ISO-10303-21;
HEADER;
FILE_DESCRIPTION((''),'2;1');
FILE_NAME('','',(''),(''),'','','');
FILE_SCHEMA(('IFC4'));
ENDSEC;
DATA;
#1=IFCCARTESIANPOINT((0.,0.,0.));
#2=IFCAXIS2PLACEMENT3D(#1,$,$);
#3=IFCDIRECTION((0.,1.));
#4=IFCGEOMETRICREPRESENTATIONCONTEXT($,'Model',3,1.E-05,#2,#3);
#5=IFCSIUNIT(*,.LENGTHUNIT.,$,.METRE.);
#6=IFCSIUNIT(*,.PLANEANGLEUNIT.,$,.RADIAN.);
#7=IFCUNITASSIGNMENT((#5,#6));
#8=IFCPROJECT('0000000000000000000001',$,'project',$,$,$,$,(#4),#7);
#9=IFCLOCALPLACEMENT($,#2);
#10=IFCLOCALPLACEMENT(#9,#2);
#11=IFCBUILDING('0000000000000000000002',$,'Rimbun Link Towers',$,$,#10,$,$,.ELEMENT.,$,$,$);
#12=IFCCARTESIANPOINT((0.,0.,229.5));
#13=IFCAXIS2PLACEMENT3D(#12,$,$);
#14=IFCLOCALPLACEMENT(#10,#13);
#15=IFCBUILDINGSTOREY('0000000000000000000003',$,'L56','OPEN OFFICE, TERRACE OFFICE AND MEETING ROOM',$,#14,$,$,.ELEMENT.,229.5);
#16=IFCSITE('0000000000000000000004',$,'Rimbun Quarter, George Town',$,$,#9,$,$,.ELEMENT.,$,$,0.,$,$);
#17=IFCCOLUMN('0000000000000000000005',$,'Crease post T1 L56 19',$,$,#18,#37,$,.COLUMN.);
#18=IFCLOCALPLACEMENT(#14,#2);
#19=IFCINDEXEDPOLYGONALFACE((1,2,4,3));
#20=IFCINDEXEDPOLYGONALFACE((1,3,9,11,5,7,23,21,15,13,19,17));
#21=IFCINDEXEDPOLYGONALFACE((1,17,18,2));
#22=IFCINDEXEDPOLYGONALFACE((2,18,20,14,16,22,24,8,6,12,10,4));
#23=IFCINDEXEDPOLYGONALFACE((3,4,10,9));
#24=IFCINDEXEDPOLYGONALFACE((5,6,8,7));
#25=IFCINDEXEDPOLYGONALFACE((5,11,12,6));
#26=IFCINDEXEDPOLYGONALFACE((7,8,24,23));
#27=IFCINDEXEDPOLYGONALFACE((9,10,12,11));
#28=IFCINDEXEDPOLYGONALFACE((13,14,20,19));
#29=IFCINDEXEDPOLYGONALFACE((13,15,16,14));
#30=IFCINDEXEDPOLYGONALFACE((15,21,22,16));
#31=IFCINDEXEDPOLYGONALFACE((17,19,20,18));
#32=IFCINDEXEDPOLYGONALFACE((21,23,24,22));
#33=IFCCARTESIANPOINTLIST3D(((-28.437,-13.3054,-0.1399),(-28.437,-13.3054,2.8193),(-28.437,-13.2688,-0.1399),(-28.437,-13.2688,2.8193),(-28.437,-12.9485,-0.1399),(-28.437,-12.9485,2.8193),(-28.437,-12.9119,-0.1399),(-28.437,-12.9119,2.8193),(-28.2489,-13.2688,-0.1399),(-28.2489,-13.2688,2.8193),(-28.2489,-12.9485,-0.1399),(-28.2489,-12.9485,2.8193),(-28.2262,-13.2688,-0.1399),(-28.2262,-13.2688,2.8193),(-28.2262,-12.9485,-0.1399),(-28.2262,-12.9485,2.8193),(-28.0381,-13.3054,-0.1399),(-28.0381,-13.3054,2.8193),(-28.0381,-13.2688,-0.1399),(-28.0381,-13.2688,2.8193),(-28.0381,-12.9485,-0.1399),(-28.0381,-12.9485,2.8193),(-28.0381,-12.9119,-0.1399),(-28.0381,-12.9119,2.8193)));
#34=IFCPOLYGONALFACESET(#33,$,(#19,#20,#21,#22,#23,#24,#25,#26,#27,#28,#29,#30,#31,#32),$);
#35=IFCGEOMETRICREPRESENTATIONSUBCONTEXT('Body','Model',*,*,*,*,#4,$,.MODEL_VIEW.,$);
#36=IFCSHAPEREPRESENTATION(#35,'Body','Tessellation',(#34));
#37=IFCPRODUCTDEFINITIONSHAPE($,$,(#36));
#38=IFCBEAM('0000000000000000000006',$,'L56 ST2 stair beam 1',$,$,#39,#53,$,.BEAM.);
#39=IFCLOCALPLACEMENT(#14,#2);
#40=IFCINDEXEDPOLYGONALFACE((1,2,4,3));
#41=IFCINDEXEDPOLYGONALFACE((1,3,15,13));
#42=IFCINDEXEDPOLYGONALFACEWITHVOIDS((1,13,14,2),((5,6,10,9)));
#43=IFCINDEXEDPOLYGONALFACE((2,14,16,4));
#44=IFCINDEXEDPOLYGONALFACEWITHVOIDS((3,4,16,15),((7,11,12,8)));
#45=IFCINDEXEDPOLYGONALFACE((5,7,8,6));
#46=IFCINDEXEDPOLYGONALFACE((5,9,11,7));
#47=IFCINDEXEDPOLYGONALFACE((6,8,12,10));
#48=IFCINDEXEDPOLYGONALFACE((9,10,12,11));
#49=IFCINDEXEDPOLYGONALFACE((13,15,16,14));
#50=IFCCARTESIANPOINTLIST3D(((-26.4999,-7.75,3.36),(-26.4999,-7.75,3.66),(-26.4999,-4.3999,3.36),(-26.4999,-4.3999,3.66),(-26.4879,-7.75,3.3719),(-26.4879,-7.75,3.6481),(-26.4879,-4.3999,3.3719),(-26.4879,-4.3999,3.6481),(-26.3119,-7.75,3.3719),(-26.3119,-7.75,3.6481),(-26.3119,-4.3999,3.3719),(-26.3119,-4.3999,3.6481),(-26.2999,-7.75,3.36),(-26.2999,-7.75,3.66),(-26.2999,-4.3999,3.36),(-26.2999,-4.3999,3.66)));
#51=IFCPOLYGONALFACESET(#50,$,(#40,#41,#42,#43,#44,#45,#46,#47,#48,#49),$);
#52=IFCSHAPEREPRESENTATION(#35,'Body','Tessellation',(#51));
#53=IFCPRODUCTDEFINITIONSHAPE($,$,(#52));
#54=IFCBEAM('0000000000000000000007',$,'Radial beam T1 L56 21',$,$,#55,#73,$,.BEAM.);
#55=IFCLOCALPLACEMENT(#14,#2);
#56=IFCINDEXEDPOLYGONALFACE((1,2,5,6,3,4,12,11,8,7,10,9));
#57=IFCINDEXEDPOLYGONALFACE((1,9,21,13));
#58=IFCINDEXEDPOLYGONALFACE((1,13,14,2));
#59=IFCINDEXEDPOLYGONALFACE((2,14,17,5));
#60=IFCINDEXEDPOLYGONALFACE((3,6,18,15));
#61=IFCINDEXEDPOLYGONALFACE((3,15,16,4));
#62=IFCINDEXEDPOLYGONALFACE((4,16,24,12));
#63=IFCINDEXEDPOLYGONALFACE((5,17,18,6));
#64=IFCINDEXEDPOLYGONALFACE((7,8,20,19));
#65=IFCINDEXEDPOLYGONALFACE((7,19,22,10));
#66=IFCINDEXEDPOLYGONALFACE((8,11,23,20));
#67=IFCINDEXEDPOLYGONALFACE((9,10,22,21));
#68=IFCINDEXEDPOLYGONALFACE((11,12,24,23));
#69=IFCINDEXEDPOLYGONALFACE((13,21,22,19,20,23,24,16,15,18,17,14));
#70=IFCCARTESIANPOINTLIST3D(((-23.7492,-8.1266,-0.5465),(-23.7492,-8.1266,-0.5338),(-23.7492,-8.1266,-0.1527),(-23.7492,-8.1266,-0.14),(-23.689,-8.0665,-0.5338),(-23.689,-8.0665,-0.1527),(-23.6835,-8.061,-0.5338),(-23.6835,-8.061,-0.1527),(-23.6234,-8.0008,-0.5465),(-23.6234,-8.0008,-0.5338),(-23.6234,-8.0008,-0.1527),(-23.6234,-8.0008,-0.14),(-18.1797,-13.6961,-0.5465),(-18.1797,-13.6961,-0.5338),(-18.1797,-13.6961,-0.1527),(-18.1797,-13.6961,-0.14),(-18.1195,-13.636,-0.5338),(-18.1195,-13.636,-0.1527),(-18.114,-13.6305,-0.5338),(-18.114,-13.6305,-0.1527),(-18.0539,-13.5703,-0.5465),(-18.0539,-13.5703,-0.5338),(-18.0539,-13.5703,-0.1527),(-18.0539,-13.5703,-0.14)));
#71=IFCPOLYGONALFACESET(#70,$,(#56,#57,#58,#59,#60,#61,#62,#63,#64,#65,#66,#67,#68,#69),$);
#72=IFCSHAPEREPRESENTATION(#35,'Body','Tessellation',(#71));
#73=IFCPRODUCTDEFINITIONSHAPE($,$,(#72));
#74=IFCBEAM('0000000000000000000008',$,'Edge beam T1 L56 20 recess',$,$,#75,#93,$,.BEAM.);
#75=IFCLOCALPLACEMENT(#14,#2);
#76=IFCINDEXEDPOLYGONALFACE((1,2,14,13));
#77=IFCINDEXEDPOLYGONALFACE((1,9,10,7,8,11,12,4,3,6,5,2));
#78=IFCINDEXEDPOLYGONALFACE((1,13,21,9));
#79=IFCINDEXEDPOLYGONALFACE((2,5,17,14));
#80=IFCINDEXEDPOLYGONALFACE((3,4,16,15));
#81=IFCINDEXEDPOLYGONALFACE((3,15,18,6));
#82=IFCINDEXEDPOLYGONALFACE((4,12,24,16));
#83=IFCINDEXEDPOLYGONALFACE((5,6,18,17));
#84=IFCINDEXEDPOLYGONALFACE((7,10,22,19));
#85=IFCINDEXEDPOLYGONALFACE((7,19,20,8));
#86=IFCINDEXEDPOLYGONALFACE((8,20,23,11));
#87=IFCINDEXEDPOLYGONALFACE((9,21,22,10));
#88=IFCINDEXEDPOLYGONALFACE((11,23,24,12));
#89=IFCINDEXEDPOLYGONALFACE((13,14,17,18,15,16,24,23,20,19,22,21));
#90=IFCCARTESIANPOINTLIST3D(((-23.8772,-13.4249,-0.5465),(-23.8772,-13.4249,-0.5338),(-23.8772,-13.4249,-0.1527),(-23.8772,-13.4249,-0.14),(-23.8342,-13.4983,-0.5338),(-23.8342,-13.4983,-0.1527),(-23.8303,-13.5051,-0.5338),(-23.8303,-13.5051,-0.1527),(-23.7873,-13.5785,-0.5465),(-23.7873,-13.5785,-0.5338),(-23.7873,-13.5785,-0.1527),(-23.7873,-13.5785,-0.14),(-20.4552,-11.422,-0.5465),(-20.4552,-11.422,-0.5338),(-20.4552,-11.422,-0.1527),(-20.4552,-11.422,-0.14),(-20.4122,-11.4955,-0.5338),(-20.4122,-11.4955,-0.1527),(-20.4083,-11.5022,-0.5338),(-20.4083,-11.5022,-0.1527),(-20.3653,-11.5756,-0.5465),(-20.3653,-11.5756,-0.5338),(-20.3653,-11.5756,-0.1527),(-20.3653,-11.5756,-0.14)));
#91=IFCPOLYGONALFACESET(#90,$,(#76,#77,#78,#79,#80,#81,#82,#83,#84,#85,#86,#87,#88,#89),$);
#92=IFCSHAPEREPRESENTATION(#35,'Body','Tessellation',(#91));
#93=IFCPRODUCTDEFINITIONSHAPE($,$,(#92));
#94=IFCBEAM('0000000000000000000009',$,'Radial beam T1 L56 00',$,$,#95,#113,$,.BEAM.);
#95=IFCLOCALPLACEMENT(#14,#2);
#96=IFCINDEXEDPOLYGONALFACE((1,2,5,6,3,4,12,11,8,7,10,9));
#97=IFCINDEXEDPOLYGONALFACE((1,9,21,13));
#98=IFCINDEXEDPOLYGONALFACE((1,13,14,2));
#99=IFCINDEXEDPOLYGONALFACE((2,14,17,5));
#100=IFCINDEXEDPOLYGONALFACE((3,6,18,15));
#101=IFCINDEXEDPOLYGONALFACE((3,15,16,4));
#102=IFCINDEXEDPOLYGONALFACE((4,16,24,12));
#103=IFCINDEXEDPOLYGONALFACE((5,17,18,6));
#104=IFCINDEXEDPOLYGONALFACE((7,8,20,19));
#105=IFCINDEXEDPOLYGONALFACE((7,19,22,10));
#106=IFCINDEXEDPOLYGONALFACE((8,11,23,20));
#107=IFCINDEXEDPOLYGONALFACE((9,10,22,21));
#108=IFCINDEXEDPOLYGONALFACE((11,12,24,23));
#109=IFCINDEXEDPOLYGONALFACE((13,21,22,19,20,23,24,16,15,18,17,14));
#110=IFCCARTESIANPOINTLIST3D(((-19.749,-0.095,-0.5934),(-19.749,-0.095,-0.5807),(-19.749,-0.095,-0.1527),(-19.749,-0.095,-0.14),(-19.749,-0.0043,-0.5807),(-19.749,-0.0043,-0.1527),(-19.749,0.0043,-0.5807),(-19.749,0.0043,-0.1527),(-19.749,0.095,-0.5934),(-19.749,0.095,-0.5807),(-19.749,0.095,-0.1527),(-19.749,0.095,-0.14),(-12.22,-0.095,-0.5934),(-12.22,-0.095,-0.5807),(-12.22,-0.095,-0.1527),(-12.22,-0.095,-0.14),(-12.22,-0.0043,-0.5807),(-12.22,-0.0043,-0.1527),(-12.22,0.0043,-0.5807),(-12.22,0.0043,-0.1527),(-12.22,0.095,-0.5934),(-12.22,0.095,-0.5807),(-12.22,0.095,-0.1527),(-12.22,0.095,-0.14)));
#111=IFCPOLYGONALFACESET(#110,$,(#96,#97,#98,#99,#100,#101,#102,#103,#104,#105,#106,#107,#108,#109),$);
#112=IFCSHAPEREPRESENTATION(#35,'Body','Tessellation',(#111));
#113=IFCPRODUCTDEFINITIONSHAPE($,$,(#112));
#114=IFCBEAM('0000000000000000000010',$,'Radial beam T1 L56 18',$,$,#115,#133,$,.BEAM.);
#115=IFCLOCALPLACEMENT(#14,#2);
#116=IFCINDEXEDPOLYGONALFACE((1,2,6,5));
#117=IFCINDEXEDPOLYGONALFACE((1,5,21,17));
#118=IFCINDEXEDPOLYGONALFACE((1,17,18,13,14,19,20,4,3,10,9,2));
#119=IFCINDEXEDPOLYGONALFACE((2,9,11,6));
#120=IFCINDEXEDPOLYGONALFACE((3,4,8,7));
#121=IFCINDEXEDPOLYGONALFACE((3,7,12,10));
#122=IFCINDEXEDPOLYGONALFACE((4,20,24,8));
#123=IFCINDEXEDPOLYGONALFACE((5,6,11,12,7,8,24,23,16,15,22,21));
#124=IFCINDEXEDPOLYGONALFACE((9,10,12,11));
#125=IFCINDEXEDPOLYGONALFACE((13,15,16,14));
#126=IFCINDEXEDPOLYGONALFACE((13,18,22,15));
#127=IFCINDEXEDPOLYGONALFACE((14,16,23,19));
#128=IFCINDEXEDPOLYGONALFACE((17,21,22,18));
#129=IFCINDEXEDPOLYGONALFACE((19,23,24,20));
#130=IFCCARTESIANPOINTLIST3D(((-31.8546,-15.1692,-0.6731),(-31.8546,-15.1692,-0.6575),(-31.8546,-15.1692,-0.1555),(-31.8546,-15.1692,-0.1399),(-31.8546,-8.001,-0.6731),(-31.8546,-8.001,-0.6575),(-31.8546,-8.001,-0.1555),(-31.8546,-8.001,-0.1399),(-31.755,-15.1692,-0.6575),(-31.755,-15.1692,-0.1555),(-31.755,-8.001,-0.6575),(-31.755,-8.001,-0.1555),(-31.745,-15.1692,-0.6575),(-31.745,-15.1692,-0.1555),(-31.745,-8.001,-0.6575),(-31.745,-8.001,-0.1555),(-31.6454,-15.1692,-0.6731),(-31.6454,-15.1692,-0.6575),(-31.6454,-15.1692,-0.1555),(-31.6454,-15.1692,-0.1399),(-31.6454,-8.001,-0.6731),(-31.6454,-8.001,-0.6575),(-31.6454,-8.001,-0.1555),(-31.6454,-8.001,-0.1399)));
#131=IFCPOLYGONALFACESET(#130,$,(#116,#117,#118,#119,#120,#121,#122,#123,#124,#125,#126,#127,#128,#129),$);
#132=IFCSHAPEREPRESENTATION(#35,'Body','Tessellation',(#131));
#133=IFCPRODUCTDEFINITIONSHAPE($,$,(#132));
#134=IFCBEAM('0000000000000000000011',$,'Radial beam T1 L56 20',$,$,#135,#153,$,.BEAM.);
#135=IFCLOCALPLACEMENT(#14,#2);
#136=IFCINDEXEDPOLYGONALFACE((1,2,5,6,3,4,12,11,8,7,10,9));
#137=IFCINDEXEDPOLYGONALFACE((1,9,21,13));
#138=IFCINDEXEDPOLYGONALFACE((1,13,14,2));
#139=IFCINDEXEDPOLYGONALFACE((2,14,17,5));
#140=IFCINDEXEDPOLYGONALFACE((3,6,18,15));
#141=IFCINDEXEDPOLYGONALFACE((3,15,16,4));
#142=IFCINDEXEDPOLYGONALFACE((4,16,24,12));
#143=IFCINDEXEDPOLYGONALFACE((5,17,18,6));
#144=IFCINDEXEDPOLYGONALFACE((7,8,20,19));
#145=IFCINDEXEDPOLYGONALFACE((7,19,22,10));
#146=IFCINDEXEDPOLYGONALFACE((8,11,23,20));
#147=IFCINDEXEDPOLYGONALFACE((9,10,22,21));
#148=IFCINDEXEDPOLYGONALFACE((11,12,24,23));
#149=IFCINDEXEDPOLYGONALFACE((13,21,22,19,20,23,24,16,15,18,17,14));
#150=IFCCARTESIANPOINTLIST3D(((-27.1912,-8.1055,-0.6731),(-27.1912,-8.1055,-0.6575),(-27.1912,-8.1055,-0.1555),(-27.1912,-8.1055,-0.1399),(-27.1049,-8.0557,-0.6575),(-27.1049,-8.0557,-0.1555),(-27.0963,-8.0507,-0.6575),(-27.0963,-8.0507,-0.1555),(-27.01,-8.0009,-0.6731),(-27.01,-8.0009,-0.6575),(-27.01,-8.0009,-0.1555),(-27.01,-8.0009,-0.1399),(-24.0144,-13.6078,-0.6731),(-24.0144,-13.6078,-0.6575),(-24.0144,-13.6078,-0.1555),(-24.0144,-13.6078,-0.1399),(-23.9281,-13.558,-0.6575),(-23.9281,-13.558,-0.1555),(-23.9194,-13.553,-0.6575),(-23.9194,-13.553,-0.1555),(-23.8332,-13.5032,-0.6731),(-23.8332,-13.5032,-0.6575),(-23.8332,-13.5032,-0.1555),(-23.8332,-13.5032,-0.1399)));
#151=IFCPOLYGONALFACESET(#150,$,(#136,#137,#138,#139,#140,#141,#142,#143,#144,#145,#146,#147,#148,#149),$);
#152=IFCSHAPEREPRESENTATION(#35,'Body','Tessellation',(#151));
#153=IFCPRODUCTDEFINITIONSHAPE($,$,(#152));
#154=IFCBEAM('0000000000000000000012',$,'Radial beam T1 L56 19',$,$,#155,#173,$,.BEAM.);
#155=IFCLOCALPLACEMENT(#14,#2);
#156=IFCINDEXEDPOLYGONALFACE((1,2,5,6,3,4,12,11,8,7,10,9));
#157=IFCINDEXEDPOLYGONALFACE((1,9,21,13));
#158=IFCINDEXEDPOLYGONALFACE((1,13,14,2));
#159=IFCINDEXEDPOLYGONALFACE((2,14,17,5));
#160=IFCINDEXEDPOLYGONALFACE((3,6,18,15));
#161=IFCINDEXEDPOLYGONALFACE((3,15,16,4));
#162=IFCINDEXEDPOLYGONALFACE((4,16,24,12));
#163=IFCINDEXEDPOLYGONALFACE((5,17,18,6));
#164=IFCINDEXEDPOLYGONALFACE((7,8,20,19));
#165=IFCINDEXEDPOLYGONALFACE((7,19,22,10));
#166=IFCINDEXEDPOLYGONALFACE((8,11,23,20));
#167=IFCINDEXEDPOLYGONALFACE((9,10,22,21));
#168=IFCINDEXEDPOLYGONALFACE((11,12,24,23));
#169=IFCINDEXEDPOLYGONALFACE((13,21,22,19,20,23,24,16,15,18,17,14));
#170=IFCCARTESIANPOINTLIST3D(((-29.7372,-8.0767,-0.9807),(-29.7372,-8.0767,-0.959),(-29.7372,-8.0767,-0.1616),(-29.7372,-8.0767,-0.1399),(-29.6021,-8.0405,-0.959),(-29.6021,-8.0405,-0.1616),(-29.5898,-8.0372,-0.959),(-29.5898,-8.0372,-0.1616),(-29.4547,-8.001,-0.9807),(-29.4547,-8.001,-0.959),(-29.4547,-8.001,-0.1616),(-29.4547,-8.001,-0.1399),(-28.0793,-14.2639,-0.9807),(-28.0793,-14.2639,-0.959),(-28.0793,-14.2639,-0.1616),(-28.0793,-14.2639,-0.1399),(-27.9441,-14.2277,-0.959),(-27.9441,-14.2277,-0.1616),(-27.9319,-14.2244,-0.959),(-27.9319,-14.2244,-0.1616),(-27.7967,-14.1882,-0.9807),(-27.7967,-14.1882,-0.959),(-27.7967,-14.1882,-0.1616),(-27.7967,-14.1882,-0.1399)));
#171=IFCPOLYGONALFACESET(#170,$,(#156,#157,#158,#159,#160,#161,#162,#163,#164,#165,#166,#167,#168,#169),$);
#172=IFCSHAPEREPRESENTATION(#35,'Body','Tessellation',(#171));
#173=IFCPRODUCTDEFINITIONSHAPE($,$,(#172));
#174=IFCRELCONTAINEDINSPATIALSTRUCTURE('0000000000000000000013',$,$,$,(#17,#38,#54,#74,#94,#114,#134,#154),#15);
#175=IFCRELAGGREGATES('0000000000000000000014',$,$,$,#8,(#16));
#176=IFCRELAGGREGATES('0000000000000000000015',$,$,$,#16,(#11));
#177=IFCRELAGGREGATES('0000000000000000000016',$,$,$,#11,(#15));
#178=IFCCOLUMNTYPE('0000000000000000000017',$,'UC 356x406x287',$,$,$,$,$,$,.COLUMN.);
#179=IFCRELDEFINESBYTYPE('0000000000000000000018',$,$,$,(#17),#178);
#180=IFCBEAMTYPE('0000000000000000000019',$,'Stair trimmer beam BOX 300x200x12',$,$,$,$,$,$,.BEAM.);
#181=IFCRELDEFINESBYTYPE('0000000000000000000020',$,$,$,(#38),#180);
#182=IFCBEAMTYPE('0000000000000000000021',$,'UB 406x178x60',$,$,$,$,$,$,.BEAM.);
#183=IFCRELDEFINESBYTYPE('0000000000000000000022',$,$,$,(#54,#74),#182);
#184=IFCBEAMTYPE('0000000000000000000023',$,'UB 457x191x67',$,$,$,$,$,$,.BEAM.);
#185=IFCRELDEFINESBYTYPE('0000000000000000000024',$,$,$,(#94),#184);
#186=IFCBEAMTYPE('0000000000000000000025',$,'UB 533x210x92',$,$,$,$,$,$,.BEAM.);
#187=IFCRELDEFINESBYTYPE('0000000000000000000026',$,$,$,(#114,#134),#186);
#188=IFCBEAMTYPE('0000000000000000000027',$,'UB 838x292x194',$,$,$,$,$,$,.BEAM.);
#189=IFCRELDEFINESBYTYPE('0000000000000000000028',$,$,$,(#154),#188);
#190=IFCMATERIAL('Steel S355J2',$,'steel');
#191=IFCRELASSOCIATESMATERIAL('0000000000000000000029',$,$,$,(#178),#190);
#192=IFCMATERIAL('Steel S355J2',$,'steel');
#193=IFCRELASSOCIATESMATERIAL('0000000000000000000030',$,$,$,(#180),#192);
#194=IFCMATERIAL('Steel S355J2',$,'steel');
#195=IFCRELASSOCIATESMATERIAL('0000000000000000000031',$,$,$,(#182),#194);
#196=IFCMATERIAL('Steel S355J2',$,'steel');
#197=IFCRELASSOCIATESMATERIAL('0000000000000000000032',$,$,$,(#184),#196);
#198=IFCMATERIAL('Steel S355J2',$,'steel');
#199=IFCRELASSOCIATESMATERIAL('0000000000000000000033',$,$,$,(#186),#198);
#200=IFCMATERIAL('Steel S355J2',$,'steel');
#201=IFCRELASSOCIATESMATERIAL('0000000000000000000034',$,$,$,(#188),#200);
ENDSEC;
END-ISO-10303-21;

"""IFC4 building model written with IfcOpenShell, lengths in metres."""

from ifc_helpers import new_model, si_unit, direction, frame, origin, origin_2d, place, context, subcontext, project, spatial, hollow_rectangle, i_section, extrude, material, material_profile, profile_set, type_object, element, save


model = new_model("IFC4")

# Units and contexts
model_context = context("Model", 3, precision=1e-05, world=origin(), true_north=direction((0.0, 1.0)))
body_context = subcontext(model_context, "Body", "Model", "MODEL_VIEW")
ifc_project = project(units=[si_unit("LENGTHUNIT", "METRE"), si_unit("PLANEANGLEUNIT", "RADIAN")], contexts=[model_context])

# Site, building, storey
site_placement = place(None, origin())
site = spatial("IfcSite", under=ifc_project, at=site_placement, Name="Rimbun Quarter, George Town", CompositionType="ELEMENT", RefElevation=0.0)
building_placement = place(site_placement, origin())
building = spatial("IfcBuilding", under=site, at=building_placement, Name="Rimbun Link Towers", CompositionType="ELEMENT")
storey_placement = place(building_placement, frame((0.0, 0.0, 229.5)))
storey = spatial("IfcBuildingStorey", under=building, at=storey_placement, Name="L56", Description="OPEN OFFICE, TERRACE OFFICE AND MEETING ROOM", CompositionType="ELEMENT", Elevation=229.5)

# Column
ifc_material_1 = material(Name="Steel S355J2", Category="steel")
ifc_material_profile_1 = material_profile(ifc_material_1, i_section(OverallWidth=0.3989, OverallDepth=0.3936, WebThickness=0.0227, FlangeThickness=0.0366, at=origin_2d()), Name="UC 356x406x287")
ifc_profile_set_1 = profile_set([ifc_material_profile_1], Name="Steel S355J2")
column_type = type_object("IfcColumnType", Name="UC 356x406x287", PredefinedType="COLUMN", material=ifc_profile_set_1)
column_placement = place(storey_placement, frame((-28.2375, -13.1086, -0.1399), z_axis=(0.0, 0.0, 1.0), x_axis=(1.0, 0.0, 0.0)))
element("IfcColumn", 1, at=column_placement, inside=storey, type_object=column_type, Name="Crease post T1 L56 19", PredefinedType="COLUMN", context=body_context, shape_type="SweptSolid", body=[
    extrude(i_section(OverallWidth=0.3989, OverallDepth=0.3936, WebThickness=0.0227, FlangeThickness=0.0366, at=origin_2d()), origin(), (0.0, 0.0, 1.0), 2.9592),
])

# Beams
ifc_material_2 = material(Name="Steel S355J2", Category="steel")
ifc_material_profile_2 = material_profile(ifc_material_2, hollow_rectangle(XDim=0.2, YDim=0.3, WallThickness=0.012, at=origin_2d()), Name="BOX 300x200x12")
ifc_profile_set_2 = profile_set([ifc_material_profile_2], Name="Steel S355J2")
beam_type_1 = type_object("IfcBeamType", Name="Stair trimmer beam BOX 300x200x12", PredefinedType="BEAM", material=ifc_profile_set_2)
beam_1_placement = place(storey_placement, frame((-26.3999, -7.75, 3.51), z_axis=(0.0, 1.0, 0.0), x_axis=(-1.0, 0.0, 0.0)))
element("IfcBeam", 2, at=beam_1_placement, inside=storey, type_object=beam_type_1, Name="L56 ST2 stair beam 1", PredefinedType="BEAM", context=body_context, shape_type="SweptSolid", body=[
    extrude(hollow_rectangle(XDim=0.2, YDim=0.3, WallThickness=0.012, at=origin_2d()), origin(), (0.0, 0.0, 1.0), 3.3501),
])
ifc_material_3 = material(Name="Steel S355J2", Category="steel")
ifc_material_profile_3 = material_profile(ifc_material_3, i_section(OverallWidth=0.178, OverallDepth=0.4065, WebThickness=0.0078, FlangeThickness=0.0127, at=origin_2d()), Name="UB 406x178x60")
ifc_profile_set_3 = profile_set([ifc_material_profile_3], Name="Steel S355J2")
beam_type_2 = type_object("IfcBeamType", Name="UB 406x178x60", PredefinedType="BEAM", material=ifc_profile_set_3)
beam_2_placement = place(storey_placement, frame((-23.6863, -8.0637, -0.3433), z_axis=(0.707107, -0.707107, 0.0), x_axis=(0.707107, 0.707107, 0.0)))
element("IfcBeam", 3, at=beam_2_placement, inside=storey, type_object=beam_type_2, Name="Radial beam T1 L56 21", PredefinedType="BEAM", context=body_context, shape_type="SweptSolid", body=[
    extrude(i_section(OverallWidth=0.178, OverallDepth=0.4065, WebThickness=0.0078, FlangeThickness=0.0127, at=origin_2d()), origin(), (0.0, 0.0, 1.0), 7.8765),
])
beam_3_placement = place(storey_placement, frame((-23.8323, -13.5017, -0.3433), z_axis=(0.863043, 0.50513, 0.0), x_axis=(-0.50513, 0.863043, 0.0)))
element("IfcBeam", 4, at=beam_3_placement, inside=storey, type_object=beam_type_2, Name="Edge beam T1 L56 20 recess", PredefinedType="BEAM", context=body_context, shape_type="SweptSolid", body=[
    extrude(i_section(OverallWidth=0.178, OverallDepth=0.4065, WebThickness=0.0078, FlangeThickness=0.0127, at=origin_2d()), origin(), (0.0, 0.0, 1.0), 3.9651),
])
ifc_material_4 = material(Name="Steel S355J2", Category="steel")
ifc_material_profile_4 = material_profile(ifc_material_4, i_section(OverallWidth=0.1899, OverallDepth=0.4534, WebThickness=0.0085, FlangeThickness=0.0127, at=origin_2d()), Name="UB 457x191x67")
ifc_profile_set_4 = profile_set([ifc_material_profile_4], Name="Steel S355J2")
beam_type_3 = type_object("IfcBeamType", Name="UB 457x191x67", PredefinedType="BEAM", material=ifc_profile_set_4)
beam_4_placement = place(storey_placement, frame((-19.749, 0.0, -0.3667), z_axis=(1.0, 0.0, 0.0), x_axis=(0.0, 1.0, 0.0)))
element("IfcBeam", 5, at=beam_4_placement, inside=storey, type_object=beam_type_3, Name="Radial beam T1 L56 00", PredefinedType="BEAM", context=body_context, shape_type="SweptSolid", body=[
    extrude(i_section(OverallWidth=0.1899, OverallDepth=0.4534, WebThickness=0.0085, FlangeThickness=0.0127, at=origin_2d()), origin(), (0.0, 0.0, 1.0), 7.5291),
])
ifc_material_5 = material(Name="Steel S355J2", Category="steel")
ifc_material_profile_5 = material_profile(ifc_material_5, i_section(OverallWidth=0.2092, OverallDepth=0.5332, WebThickness=0.01, FlangeThickness=0.0156, at=origin_2d()), Name="UB 533x210x92")
ifc_profile_set_5 = profile_set([ifc_material_profile_5], Name="Steel S355J2")
beam_type_4 = type_object("IfcBeamType", Name="UB 533x210x92", PredefinedType="BEAM", material=ifc_profile_set_5)
beam_5_placement = place(storey_placement, frame((-31.75, -8.001, -0.4065), z_axis=(0.0, -1.0, 0.0), x_axis=(1.0, 0.0, 0.0)))
element("IfcBeam", 6, at=beam_5_placement, inside=storey, type_object=beam_type_4, Name="Radial beam T1 L56 18", PredefinedType="BEAM", context=body_context, shape_type="SweptSolid", body=[
    extrude(i_section(OverallWidth=0.2092, OverallDepth=0.5332, WebThickness=0.01, FlangeThickness=0.0156, at=origin_2d()), origin(), (0.0, 0.0, 1.0), 7.1682),
])
beam_6_placement = place(storey_placement, frame((-27.1006, -8.0532, -0.4065), z_axis=(0.500007, -0.866021, 0.0), x_axis=(0.866021, 0.500007, 0.0)))
element("IfcBeam", 7, at=beam_6_placement, inside=storey, type_object=beam_type_4, Name="Radial beam T1 L56 20", PredefinedType="BEAM", context=body_context, shape_type="SweptSolid", body=[
    extrude(i_section(OverallWidth=0.2092, OverallDepth=0.5332, WebThickness=0.01, FlangeThickness=0.0156, at=origin_2d()), origin(), (0.0, 0.0, 1.0), 6.3535),
])
ifc_material_6 = material(Name="Steel S355J2", Category="steel")
ifc_material_profile_6 = material_profile(ifc_material_6, i_section(OverallWidth=0.2925, OverallDepth=0.8408, WebThickness=0.0127, FlangeThickness=0.0217, at=origin_2d()), Name="UB 838x292x194")
ifc_profile_set_6 = profile_set([ifc_material_profile_6], Name="Steel S355J2")
beam_type_5 = type_object("IfcBeamType", Name="UB 838x292x194", PredefinedType="BEAM", material=ifc_profile_set_6)
beam_7_placement = place(storey_placement, frame((-29.5959, -8.0388, -0.5603), z_axis=(0.258832, -0.965922, 0.0), x_axis=(0.965922, 0.258832, 0.0)))
element("IfcBeam", 8, at=beam_7_placement, inside=storey, type_object=beam_type_5, Name="Radial beam T1 L56 19", PredefinedType="BEAM", context=body_context, shape_type="SweptSolid", body=[
    extrude(i_section(OverallWidth=0.2925, OverallDepth=0.8408, WebThickness=0.0127, FlangeThickness=0.0217, at=origin_2d()), origin(), (0.0, 0.0, 1.0), 6.4055),
])

save(model, "model.ifc")
